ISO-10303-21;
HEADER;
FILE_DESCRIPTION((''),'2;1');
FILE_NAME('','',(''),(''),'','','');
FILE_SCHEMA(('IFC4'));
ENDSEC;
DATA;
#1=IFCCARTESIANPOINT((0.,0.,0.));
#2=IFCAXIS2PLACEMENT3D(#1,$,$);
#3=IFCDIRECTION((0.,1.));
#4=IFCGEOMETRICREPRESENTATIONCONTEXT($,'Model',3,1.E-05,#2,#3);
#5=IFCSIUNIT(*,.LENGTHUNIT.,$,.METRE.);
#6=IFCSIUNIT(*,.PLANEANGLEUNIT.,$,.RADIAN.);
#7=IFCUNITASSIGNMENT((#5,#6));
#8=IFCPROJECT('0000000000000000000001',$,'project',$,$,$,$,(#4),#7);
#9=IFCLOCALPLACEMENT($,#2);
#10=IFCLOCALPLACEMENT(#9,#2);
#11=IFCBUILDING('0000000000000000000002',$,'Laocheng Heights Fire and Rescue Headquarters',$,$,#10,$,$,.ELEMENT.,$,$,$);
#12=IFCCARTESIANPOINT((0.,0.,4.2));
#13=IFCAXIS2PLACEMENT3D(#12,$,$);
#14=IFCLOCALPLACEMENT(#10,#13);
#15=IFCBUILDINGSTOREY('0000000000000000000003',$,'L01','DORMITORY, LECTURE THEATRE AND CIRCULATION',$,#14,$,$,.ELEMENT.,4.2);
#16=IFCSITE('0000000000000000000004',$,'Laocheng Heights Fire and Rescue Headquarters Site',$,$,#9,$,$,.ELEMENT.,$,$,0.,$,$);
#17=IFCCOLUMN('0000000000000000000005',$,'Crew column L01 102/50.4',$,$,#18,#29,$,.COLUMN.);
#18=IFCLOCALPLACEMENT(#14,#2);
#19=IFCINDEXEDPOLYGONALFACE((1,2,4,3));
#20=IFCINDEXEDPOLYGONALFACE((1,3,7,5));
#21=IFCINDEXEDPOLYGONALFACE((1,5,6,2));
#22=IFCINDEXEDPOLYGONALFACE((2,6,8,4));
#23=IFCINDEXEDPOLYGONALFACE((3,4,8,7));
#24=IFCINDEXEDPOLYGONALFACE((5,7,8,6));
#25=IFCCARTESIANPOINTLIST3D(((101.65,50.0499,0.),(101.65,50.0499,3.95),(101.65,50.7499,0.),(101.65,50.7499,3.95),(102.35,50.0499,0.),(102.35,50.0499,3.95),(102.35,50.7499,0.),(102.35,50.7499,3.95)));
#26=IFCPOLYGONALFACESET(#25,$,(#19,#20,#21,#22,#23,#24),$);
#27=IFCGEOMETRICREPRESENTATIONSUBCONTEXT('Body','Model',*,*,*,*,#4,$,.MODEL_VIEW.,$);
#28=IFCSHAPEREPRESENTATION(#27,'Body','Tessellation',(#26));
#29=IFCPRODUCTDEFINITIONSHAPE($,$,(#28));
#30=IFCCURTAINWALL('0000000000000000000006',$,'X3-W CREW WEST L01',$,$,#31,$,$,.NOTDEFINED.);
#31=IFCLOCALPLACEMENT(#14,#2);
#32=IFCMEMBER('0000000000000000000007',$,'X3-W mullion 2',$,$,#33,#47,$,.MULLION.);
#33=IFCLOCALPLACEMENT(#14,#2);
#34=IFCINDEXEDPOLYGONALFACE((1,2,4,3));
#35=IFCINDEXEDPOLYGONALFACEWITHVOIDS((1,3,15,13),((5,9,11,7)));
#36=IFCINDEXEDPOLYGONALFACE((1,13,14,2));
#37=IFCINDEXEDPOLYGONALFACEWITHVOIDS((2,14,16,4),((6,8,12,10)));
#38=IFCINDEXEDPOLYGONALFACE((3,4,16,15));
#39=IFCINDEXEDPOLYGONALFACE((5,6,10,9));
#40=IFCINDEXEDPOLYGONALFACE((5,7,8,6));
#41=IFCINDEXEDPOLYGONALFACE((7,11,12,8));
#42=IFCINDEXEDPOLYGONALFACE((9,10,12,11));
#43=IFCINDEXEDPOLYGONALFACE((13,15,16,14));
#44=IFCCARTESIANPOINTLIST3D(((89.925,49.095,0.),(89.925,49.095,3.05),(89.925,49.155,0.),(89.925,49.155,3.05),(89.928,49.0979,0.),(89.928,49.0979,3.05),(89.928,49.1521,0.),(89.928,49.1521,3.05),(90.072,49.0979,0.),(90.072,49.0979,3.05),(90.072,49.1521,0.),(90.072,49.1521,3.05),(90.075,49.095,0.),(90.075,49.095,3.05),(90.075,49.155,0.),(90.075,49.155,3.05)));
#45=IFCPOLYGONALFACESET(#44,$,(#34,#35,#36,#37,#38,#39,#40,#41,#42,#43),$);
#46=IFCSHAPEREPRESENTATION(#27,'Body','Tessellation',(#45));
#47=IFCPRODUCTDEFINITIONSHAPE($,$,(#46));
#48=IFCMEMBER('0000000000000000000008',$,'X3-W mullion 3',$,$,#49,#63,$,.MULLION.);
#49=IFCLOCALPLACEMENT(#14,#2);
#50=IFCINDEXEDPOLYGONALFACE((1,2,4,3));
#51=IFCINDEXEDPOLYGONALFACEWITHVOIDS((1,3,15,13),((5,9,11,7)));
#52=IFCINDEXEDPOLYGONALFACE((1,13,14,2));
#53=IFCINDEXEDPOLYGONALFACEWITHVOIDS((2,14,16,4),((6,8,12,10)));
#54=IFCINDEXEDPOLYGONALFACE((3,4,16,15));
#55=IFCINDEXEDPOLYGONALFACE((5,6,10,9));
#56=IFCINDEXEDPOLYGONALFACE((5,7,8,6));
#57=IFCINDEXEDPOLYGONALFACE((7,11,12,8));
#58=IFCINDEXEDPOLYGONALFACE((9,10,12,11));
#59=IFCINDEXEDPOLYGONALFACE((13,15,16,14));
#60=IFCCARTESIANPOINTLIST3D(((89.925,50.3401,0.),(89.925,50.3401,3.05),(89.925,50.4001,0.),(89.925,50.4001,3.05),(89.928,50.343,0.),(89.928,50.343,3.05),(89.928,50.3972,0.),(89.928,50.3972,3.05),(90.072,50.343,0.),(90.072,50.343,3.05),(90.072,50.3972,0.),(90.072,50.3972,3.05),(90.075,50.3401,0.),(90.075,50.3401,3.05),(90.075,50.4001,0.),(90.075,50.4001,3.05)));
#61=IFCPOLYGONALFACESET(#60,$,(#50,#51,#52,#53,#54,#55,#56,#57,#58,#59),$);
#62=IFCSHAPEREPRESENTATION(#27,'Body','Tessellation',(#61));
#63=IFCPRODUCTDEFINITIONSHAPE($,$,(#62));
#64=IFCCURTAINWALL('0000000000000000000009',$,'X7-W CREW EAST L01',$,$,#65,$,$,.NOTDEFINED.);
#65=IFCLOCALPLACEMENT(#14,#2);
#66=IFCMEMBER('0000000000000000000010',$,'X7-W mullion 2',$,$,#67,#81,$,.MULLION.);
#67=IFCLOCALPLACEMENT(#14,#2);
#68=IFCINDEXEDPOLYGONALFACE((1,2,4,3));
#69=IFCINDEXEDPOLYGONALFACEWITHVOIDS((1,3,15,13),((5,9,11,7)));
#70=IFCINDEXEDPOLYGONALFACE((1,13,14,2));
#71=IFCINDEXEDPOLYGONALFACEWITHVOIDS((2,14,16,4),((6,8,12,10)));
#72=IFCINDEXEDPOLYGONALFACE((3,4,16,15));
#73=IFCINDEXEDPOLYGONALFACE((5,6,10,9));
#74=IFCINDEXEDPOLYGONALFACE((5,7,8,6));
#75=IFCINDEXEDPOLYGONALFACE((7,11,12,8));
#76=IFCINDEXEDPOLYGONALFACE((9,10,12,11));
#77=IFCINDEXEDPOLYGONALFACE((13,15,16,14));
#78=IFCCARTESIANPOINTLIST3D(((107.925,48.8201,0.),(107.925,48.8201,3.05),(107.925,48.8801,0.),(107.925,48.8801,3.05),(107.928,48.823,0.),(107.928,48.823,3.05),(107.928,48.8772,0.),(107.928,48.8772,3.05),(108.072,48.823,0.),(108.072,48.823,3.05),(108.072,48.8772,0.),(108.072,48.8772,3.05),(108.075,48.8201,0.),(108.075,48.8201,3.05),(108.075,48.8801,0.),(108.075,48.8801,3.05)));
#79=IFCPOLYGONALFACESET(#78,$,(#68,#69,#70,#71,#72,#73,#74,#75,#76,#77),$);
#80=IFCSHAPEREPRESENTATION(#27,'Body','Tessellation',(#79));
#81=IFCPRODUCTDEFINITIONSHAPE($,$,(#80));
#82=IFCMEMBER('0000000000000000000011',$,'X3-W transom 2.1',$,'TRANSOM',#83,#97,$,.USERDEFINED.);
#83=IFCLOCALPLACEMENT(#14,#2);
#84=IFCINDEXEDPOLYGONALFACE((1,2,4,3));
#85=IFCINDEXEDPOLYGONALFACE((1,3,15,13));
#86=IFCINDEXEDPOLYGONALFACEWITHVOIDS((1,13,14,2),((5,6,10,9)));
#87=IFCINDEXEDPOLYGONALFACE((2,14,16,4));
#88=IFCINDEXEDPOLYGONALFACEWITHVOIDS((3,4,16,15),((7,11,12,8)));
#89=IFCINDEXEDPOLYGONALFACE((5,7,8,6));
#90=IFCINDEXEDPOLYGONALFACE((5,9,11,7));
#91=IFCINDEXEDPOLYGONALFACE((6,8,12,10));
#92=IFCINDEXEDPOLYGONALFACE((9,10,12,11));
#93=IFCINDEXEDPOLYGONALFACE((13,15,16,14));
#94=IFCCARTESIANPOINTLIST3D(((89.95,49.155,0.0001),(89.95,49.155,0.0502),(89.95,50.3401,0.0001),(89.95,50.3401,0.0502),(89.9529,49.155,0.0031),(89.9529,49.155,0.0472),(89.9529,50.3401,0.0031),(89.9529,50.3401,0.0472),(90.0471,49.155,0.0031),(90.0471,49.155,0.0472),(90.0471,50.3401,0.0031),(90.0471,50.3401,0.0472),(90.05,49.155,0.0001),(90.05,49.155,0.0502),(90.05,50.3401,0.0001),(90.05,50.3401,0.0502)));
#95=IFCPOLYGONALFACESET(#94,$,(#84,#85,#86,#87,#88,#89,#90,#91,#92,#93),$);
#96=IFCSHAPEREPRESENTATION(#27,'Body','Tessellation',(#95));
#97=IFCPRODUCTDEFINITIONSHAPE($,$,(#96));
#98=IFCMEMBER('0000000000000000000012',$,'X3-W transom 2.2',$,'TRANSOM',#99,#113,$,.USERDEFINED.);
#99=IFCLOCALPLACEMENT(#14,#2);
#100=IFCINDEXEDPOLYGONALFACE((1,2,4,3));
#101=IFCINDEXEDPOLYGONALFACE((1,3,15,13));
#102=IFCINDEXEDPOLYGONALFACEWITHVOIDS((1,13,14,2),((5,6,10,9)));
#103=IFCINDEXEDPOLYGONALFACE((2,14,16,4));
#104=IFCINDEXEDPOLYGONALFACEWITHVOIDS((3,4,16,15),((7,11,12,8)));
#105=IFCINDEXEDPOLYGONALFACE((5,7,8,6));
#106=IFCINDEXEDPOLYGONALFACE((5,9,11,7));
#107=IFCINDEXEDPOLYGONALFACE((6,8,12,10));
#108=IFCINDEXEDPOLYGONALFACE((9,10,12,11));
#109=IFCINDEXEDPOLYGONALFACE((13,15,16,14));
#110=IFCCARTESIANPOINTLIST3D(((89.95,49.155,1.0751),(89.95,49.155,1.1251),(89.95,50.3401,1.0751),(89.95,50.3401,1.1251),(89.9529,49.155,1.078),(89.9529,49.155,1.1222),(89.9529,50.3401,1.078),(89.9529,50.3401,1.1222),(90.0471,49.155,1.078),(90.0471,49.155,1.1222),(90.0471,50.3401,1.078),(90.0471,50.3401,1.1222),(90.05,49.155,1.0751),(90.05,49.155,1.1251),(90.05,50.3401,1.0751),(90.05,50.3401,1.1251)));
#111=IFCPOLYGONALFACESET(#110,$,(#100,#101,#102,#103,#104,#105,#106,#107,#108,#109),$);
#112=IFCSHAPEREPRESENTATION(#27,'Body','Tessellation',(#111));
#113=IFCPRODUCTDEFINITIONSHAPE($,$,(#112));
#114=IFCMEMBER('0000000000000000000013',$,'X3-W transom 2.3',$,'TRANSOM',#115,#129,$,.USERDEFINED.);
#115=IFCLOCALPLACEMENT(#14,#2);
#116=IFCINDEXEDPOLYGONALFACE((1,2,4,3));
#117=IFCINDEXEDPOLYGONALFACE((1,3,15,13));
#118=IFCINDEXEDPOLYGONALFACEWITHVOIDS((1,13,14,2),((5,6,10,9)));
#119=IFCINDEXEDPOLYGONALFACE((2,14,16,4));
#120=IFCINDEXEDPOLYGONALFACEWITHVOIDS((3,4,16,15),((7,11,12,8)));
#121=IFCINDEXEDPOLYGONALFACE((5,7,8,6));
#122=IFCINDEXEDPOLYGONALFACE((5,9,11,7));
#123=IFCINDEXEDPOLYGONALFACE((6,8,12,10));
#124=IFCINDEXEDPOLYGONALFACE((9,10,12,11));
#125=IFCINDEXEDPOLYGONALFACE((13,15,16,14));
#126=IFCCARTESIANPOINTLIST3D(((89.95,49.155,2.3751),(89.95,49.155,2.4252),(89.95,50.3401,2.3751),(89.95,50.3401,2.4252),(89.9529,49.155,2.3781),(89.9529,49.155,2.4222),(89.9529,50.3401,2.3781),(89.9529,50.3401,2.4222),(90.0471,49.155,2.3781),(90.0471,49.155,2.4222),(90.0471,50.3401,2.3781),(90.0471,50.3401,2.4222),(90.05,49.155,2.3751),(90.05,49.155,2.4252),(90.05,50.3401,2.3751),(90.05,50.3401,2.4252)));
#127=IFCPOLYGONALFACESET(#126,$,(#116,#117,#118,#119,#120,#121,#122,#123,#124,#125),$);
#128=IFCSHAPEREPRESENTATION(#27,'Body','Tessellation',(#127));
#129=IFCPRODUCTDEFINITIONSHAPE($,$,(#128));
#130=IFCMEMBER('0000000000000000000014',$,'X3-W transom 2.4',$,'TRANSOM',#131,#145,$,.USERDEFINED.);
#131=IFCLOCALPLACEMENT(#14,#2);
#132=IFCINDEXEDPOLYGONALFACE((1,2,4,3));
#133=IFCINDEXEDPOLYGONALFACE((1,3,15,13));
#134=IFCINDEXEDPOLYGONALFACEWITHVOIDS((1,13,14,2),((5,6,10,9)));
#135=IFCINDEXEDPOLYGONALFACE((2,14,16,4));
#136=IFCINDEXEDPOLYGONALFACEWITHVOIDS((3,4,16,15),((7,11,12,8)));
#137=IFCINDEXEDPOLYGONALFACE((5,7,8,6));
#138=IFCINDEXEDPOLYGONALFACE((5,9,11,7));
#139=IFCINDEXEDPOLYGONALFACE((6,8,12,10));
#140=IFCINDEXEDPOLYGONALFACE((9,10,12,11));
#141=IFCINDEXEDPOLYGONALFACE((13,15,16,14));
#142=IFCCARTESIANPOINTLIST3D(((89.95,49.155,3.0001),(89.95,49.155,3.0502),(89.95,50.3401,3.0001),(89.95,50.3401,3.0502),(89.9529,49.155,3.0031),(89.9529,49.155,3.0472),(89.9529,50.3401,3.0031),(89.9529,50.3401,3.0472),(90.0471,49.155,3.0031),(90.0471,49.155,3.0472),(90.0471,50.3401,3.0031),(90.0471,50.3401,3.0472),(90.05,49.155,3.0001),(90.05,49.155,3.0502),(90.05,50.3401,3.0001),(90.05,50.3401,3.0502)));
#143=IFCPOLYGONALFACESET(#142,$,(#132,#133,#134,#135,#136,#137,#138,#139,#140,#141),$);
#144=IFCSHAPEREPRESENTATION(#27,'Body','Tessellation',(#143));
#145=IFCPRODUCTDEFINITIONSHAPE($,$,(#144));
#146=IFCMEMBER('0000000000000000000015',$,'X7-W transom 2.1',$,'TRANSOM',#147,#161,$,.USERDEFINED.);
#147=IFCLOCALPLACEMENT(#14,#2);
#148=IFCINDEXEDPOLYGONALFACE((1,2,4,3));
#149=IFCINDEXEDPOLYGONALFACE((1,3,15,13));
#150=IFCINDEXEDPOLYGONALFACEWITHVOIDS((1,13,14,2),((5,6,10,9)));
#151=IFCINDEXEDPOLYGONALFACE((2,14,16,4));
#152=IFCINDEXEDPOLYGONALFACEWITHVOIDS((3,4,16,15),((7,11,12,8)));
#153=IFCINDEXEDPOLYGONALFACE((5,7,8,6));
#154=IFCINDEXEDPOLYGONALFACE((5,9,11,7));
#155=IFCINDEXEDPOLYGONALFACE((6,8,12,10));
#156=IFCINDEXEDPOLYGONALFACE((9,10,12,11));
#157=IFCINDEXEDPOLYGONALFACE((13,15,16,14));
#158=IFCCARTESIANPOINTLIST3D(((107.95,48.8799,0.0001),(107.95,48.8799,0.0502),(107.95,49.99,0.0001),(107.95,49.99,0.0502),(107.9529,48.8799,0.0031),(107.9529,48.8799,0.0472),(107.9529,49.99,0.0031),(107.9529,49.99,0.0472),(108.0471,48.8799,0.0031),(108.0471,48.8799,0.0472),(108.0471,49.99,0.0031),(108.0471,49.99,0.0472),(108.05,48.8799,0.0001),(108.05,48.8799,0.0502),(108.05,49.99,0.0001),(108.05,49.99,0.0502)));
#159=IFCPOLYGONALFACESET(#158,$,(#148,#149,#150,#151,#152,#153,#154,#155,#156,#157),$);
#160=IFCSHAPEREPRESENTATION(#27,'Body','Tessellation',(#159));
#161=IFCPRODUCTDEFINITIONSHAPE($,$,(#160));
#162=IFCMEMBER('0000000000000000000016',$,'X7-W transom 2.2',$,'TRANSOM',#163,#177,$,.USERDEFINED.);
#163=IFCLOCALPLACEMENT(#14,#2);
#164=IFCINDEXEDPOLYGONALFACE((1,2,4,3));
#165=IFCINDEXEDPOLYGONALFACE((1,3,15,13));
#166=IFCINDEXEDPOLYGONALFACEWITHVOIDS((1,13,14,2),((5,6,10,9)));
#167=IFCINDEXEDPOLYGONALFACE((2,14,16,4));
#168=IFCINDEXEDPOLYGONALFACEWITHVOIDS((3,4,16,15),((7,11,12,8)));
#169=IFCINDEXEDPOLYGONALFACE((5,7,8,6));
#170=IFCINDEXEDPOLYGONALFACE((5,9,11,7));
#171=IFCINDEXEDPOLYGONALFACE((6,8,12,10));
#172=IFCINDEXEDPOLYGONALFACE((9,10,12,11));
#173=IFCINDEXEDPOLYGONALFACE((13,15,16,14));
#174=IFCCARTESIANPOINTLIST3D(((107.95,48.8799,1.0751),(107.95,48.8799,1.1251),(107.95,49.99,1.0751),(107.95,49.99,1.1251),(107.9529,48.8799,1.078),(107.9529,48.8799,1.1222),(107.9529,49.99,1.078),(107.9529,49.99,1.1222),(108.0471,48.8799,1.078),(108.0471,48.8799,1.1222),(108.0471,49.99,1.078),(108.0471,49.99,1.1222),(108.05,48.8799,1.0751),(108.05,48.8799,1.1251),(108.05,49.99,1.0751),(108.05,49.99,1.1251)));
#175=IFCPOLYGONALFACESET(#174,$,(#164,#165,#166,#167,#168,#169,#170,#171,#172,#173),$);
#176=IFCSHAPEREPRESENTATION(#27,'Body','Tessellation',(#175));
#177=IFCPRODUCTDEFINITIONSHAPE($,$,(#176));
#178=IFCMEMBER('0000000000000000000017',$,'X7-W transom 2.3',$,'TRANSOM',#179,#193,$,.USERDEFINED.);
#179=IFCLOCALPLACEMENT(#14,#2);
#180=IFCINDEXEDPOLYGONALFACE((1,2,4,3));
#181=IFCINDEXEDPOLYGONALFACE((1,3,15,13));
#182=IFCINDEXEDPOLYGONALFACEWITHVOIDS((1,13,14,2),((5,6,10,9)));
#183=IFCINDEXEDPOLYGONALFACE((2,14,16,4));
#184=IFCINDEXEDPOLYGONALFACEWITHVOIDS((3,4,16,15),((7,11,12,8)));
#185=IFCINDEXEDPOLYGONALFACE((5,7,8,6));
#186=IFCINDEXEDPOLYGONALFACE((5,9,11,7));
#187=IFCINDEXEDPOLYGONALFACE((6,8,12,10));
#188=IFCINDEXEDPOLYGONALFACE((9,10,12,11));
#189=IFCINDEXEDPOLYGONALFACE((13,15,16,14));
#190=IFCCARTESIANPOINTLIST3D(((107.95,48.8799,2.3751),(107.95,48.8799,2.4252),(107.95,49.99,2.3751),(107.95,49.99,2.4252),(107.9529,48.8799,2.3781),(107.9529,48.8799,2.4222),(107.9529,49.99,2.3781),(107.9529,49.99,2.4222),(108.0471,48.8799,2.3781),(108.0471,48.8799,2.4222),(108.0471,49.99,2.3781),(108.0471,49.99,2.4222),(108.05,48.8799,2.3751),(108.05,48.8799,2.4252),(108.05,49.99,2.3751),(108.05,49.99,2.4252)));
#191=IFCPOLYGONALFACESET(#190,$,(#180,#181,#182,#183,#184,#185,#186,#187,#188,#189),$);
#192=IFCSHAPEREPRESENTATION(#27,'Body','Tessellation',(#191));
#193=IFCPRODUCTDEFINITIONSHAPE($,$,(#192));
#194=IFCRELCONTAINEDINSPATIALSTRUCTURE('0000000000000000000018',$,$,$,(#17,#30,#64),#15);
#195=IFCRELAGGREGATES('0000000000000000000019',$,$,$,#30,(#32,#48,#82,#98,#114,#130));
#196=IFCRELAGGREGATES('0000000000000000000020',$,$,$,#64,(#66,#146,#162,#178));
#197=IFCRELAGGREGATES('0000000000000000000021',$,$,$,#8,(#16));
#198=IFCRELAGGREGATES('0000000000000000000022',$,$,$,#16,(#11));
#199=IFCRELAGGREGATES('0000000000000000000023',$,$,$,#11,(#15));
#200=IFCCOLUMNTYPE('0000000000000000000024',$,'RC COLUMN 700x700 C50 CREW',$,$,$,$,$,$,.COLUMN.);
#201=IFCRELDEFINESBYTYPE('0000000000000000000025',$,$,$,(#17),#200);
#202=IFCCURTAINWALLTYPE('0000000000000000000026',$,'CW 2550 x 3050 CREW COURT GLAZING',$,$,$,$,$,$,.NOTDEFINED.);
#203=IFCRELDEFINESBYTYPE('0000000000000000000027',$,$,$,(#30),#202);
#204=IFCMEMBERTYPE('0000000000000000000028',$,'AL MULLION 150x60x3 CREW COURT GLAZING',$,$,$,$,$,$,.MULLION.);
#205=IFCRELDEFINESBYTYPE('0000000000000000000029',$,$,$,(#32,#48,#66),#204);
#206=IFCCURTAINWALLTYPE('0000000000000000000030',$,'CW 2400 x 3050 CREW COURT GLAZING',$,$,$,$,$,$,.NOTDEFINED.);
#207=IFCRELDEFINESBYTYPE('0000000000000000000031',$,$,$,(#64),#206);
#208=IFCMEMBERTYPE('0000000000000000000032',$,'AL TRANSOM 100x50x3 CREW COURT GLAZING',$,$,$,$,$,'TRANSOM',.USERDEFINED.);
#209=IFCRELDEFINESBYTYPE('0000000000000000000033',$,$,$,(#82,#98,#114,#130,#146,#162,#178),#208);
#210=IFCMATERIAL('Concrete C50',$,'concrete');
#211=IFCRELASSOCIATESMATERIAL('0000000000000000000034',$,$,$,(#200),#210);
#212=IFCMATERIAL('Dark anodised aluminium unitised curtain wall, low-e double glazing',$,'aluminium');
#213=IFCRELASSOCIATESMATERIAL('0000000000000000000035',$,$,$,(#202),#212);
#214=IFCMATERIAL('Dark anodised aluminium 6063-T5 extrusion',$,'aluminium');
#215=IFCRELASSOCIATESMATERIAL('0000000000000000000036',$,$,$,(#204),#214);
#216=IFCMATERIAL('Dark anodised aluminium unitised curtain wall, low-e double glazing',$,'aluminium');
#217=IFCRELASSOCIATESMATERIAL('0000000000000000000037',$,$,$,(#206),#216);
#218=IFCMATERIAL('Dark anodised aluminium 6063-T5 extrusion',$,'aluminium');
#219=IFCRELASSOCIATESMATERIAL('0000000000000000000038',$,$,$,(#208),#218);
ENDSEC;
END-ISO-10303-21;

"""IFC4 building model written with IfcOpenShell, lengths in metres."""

from ifc_helpers import new_model, si_unit, direction, frame, origin, origin_2d, place, context, subcontext, project, spatial, rectangle, hollow_rectangle, extrude, material, material_profile, profile_set, type_object, element, aggregate, save


model = new_model("IFC4")

# Units and contexts
model_context = context("Model", 3, precision=1e-05, world=origin(), true_north=direction((0.0, 1.0)))
body_context = subcontext(model_context, "Body", "Model", "MODEL_VIEW")
ifc_project = project(units=[si_unit("LENGTHUNIT", "METRE"), si_unit("PLANEANGLEUNIT", "RADIAN")], contexts=[model_context])

# Site, building, storey
site_placement = place(None, origin())
site = spatial("IfcSite", under=ifc_project, at=site_placement, Name="Laocheng Heights Fire and Rescue Headquarters Site", CompositionType="ELEMENT", RefElevation=0.0)
building_placement = place(site_placement, origin())
building = spatial("IfcBuilding", under=site, at=building_placement, Name="Laocheng Heights Fire and Rescue Headquarters", CompositionType="ELEMENT")
storey_placement = place(building_placement, frame((0.0, 0.0, 4.2)))
storey = spatial("IfcBuildingStorey", under=building, at=storey_placement, Name="L01", Description="DORMITORY, LECTURE THEATRE AND CIRCULATION", CompositionType="ELEMENT", Elevation=4.2)

# Column
ifc_material_1 = material(Name="Concrete C50", Category="concrete")
ifc_material_profile_1 = material_profile(ifc_material_1, rectangle(XDim=0.7, YDim=0.7, at=origin_2d()), Name="RC COLUMN 700x700 C50 CREW")
ifc_profile_set_1 = profile_set([ifc_material_profile_1], Name="Concrete C50")
column_type = type_object("IfcColumnType", Name="RC COLUMN 700x700 C50 CREW", PredefinedType="COLUMN", material=ifc_profile_set_1)
column_placement = place(storey_placement, frame((102.0, 50.3999, 0.0), z_axis=(0.0, 0.0, 1.0), x_axis=(1.0, 0.0, 0.0)))
element("IfcColumn", 1, at=column_placement, inside=storey, type_object=column_type, Name="Crew column L01 102/50.4", PredefinedType="COLUMN", context=body_context, shape_type="SweptSolid", body=[
    extrude(rectangle(XDim=0.7, YDim=0.7, at=origin_2d()), origin(), (0.0, 0.0, 1.0), 3.95),
])

# Curtain wall, members
ifc_material_2 = material(Name="Dark anodised aluminium unitised curtain wall, low-e double glazing", Category="aluminium")
curtain_wall_type_1 = type_object("IfcCurtainWallType", Name="CW 2550 x 3050 CREW COURT GLAZING", PredefinedType="NOTDEFINED", material=ifc_material_2)
curtain_wall_1_placement = place(storey_placement, origin())
curtain_wall_1 = element("IfcCurtainWall", 2, at=curtain_wall_1_placement, inside=storey, type_object=curtain_wall_type_1, Name="X3-W CREW WEST L01", PredefinedType="NOTDEFINED")
ifc_material_3 = material(Name="Dark anodised aluminium 6063-T5 extrusion", Category="aluminium")
ifc_material_profile_2 = material_profile(ifc_material_3, hollow_rectangle(XDim=0.1499, YDim=0.0601, WallThickness=0.0029, at=origin_2d()), Name="AL MULLION 150x60x3 CREW COURT GLAZING")
ifc_profile_set_2 = profile_set([ifc_material_profile_2], Name="Dark anodised aluminium 6063-T5 extrusion")
member_type_1 = type_object("IfcMemberType", Name="AL MULLION 150x60x3 CREW COURT GLAZING", PredefinedType="MULLION", material=ifc_profile_set_2)
member_1_placement = place(storey_placement, frame((90.0, 49.125, 0.0), z_axis=(0.0, 0.0, 1.0), x_axis=(-1.0, 0.0, 0.0)))
member_1 = element("IfcMember", 3, at=member_1_placement, type_object=member_type_1, Name="X3-W mullion 2", PredefinedType="MULLION", context=body_context, shape_type="SweptSolid", body=[
    extrude(hollow_rectangle(XDim=0.1499, YDim=0.0601, WallThickness=0.0029, at=origin_2d()), origin(), (0.0, 0.0, 1.0), 3.05),
])
member_2_placement = place(storey_placement, frame((90.0, 50.3701, 0.0), z_axis=(0.0, 0.0, 1.0), x_axis=(-1.0, 0.0, 0.0)))
member_2 = element("IfcMember", 4, at=member_2_placement, type_object=member_type_1, Name="X3-W mullion 3", PredefinedType="MULLION", context=body_context, shape_type="SweptSolid", body=[
    extrude(hollow_rectangle(XDim=0.1499, YDim=0.0601, WallThickness=0.0029, at=origin_2d()), origin(), (0.0, 0.0, 1.0), 3.05),
])

# Curtain wall, member
ifc_material_4 = material(Name="Dark anodised aluminium unitised curtain wall, low-e double glazing", Category="aluminium")
curtain_wall_type_2 = type_object("IfcCurtainWallType", Name="CW 2400 x 3050 CREW COURT GLAZING", PredefinedType="NOTDEFINED", material=ifc_material_4)
curtain_wall_2_placement = place(storey_placement, origin())
curtain_wall_2 = element("IfcCurtainWall", 5, at=curtain_wall_2_placement, inside=storey, type_object=curtain_wall_type_2, Name="X7-W CREW EAST L01", PredefinedType="NOTDEFINED")
member_3_placement = place(storey_placement, frame((108.0, 48.8501, 0.0), z_axis=(0.0, 0.0, 1.0), x_axis=(-1.0, 0.0, 0.0)))
member_3 = element("IfcMember", 6, at=member_3_placement, type_object=member_type_1, Name="X7-W mullion 2", PredefinedType="MULLION", context=body_context, shape_type="SweptSolid", body=[
    extrude(hollow_rectangle(XDim=0.1499, YDim=0.0601, WallThickness=0.0029, at=origin_2d()), origin(), (0.0, 0.0, 1.0), 3.05),
])

# Members
ifc_material_5 = material(Name="Dark anodised aluminium 6063-T5 extrusion", Category="aluminium")
ifc_material_profile_3 = material_profile(ifc_material_5, hollow_rectangle(XDim=0.1001, YDim=0.05, WallThickness=0.0029, at=origin_2d()), Name="AL TRANSOM 100x50x3 CREW COURT GLAZING")
ifc_profile_set_3 = profile_set([ifc_material_profile_3], Name="Dark anodised aluminium 6063-T5 extrusion")
member_type_2 = type_object("IfcMemberType", Name="AL TRANSOM 100x50x3 CREW COURT GLAZING", ElementType="TRANSOM", PredefinedType="USERDEFINED", material=ifc_profile_set_3)
member_4_placement = place(storey_placement, frame((90.0, 49.155, 0.0251), z_axis=(0.0, 1.0, 0.0), x_axis=(-1.0, 0.0, 0.0)))
member_4 = element("IfcMember", 7, at=member_4_placement, type_object=member_type_2, Name="X3-W transom 2.1", ObjectType="TRANSOM", PredefinedType="USERDEFINED", context=body_context, shape_type="SweptSolid", body=[
    extrude(hollow_rectangle(XDim=0.1001, YDim=0.05, WallThickness=0.0029, at=origin_2d()), origin(), (0.0, 0.0, 1.0), 1.1851),
])
member_5_placement = place(storey_placement, frame((90.0, 49.155, 1.1001), z_axis=(0.0, 1.0, 0.0), x_axis=(-1.0, 0.0, 0.0)))
member_5 = element("IfcMember", 8, at=member_5_placement, type_object=member_type_2, Name="X3-W transom 2.2", ObjectType="TRANSOM", PredefinedType="USERDEFINED", context=body_context, shape_type="SweptSolid", body=[
    extrude(hollow_rectangle(XDim=0.1001, YDim=0.05, WallThickness=0.0029, at=origin_2d()), origin(), (0.0, 0.0, 1.0), 1.1851),
])
member_6_placement = place(storey_placement, frame((90.0, 49.155, 2.4001), z_axis=(0.0, 1.0, 0.0), x_axis=(-1.0, 0.0, 0.0)))
member_6 = element("IfcMember", 9, at=member_6_placement, type_object=member_type_2, Name="X3-W transom 2.3", ObjectType="TRANSOM", PredefinedType="USERDEFINED", context=body_context, shape_type="SweptSolid", body=[
    extrude(hollow_rectangle(XDim=0.1001, YDim=0.05, WallThickness=0.0029, at=origin_2d()), origin(), (0.0, 0.0, 1.0), 1.1851),
])
member_7_placement = place(storey_placement, frame((90.0, 49.155, 3.0251), z_axis=(0.0, 1.0, 0.0), x_axis=(-1.0, 0.0, 0.0)))
member_7 = element("IfcMember", 10, at=member_7_placement, type_object=member_type_2, Name="X3-W transom 2.4", ObjectType="TRANSOM", PredefinedType="USERDEFINED", context=body_context, shape_type="SweptSolid", body=[
    extrude(hollow_rectangle(XDim=0.1001, YDim=0.05, WallThickness=0.0029, at=origin_2d()), origin(), (0.0, 0.0, 1.0), 1.1851),
])
member_8_placement = place(storey_placement, frame((108.0, 48.8799, 0.0251), z_axis=(0.0, 1.0, 0.0), x_axis=(-1.0, 0.0, 0.0)))
member_8 = element("IfcMember", 11, at=member_8_placement, type_object=member_type_2, Name="X7-W transom 2.1", ObjectType="TRANSOM", PredefinedType="USERDEFINED", context=body_context, shape_type="SweptSolid", body=[
    extrude(hollow_rectangle(XDim=0.1001, YDim=0.05, WallThickness=0.0029, at=origin_2d()), origin(), (0.0, 0.0, 1.0), 1.1101),
])
member_9_placement = place(storey_placement, frame((108.0, 48.8799, 1.1001), z_axis=(0.0, 1.0, 0.0), x_axis=(-1.0, 0.0, 0.0)))
member_9 = element("IfcMember", 12, at=member_9_placement, type_object=member_type_2, Name="X7-W transom 2.2", ObjectType="TRANSOM", PredefinedType="USERDEFINED", context=body_context, shape_type="SweptSolid", body=[
    extrude(hollow_rectangle(XDim=0.1001, YDim=0.05, WallThickness=0.0029, at=origin_2d()), origin(), (0.0, 0.0, 1.0), 1.1101),
])
member_10_placement = place(storey_placement, frame((108.0, 48.8799, 2.4001), z_axis=(0.0, 1.0, 0.0), x_axis=(-1.0, 0.0, 0.0)))
member_10 = element("IfcMember", 13, at=member_10_placement, type_object=member_type_2, Name="X7-W transom 2.3", ObjectType="TRANSOM", PredefinedType="USERDEFINED", context=body_context, shape_type="SweptSolid", body=[
    extrude(hollow_rectangle(XDim=0.1001, YDim=0.05, WallThickness=0.0029, at=origin_2d()), origin(), (0.0, 0.0, 1.0), 1.1101),
])

aggregate(curtain_wall_1, [member_1, member_2, member_4, member_5, member_6, member_7])
aggregate(curtain_wall_2, [member_3, member_8, member_9, member_10])

save(model, "model.ifc")
